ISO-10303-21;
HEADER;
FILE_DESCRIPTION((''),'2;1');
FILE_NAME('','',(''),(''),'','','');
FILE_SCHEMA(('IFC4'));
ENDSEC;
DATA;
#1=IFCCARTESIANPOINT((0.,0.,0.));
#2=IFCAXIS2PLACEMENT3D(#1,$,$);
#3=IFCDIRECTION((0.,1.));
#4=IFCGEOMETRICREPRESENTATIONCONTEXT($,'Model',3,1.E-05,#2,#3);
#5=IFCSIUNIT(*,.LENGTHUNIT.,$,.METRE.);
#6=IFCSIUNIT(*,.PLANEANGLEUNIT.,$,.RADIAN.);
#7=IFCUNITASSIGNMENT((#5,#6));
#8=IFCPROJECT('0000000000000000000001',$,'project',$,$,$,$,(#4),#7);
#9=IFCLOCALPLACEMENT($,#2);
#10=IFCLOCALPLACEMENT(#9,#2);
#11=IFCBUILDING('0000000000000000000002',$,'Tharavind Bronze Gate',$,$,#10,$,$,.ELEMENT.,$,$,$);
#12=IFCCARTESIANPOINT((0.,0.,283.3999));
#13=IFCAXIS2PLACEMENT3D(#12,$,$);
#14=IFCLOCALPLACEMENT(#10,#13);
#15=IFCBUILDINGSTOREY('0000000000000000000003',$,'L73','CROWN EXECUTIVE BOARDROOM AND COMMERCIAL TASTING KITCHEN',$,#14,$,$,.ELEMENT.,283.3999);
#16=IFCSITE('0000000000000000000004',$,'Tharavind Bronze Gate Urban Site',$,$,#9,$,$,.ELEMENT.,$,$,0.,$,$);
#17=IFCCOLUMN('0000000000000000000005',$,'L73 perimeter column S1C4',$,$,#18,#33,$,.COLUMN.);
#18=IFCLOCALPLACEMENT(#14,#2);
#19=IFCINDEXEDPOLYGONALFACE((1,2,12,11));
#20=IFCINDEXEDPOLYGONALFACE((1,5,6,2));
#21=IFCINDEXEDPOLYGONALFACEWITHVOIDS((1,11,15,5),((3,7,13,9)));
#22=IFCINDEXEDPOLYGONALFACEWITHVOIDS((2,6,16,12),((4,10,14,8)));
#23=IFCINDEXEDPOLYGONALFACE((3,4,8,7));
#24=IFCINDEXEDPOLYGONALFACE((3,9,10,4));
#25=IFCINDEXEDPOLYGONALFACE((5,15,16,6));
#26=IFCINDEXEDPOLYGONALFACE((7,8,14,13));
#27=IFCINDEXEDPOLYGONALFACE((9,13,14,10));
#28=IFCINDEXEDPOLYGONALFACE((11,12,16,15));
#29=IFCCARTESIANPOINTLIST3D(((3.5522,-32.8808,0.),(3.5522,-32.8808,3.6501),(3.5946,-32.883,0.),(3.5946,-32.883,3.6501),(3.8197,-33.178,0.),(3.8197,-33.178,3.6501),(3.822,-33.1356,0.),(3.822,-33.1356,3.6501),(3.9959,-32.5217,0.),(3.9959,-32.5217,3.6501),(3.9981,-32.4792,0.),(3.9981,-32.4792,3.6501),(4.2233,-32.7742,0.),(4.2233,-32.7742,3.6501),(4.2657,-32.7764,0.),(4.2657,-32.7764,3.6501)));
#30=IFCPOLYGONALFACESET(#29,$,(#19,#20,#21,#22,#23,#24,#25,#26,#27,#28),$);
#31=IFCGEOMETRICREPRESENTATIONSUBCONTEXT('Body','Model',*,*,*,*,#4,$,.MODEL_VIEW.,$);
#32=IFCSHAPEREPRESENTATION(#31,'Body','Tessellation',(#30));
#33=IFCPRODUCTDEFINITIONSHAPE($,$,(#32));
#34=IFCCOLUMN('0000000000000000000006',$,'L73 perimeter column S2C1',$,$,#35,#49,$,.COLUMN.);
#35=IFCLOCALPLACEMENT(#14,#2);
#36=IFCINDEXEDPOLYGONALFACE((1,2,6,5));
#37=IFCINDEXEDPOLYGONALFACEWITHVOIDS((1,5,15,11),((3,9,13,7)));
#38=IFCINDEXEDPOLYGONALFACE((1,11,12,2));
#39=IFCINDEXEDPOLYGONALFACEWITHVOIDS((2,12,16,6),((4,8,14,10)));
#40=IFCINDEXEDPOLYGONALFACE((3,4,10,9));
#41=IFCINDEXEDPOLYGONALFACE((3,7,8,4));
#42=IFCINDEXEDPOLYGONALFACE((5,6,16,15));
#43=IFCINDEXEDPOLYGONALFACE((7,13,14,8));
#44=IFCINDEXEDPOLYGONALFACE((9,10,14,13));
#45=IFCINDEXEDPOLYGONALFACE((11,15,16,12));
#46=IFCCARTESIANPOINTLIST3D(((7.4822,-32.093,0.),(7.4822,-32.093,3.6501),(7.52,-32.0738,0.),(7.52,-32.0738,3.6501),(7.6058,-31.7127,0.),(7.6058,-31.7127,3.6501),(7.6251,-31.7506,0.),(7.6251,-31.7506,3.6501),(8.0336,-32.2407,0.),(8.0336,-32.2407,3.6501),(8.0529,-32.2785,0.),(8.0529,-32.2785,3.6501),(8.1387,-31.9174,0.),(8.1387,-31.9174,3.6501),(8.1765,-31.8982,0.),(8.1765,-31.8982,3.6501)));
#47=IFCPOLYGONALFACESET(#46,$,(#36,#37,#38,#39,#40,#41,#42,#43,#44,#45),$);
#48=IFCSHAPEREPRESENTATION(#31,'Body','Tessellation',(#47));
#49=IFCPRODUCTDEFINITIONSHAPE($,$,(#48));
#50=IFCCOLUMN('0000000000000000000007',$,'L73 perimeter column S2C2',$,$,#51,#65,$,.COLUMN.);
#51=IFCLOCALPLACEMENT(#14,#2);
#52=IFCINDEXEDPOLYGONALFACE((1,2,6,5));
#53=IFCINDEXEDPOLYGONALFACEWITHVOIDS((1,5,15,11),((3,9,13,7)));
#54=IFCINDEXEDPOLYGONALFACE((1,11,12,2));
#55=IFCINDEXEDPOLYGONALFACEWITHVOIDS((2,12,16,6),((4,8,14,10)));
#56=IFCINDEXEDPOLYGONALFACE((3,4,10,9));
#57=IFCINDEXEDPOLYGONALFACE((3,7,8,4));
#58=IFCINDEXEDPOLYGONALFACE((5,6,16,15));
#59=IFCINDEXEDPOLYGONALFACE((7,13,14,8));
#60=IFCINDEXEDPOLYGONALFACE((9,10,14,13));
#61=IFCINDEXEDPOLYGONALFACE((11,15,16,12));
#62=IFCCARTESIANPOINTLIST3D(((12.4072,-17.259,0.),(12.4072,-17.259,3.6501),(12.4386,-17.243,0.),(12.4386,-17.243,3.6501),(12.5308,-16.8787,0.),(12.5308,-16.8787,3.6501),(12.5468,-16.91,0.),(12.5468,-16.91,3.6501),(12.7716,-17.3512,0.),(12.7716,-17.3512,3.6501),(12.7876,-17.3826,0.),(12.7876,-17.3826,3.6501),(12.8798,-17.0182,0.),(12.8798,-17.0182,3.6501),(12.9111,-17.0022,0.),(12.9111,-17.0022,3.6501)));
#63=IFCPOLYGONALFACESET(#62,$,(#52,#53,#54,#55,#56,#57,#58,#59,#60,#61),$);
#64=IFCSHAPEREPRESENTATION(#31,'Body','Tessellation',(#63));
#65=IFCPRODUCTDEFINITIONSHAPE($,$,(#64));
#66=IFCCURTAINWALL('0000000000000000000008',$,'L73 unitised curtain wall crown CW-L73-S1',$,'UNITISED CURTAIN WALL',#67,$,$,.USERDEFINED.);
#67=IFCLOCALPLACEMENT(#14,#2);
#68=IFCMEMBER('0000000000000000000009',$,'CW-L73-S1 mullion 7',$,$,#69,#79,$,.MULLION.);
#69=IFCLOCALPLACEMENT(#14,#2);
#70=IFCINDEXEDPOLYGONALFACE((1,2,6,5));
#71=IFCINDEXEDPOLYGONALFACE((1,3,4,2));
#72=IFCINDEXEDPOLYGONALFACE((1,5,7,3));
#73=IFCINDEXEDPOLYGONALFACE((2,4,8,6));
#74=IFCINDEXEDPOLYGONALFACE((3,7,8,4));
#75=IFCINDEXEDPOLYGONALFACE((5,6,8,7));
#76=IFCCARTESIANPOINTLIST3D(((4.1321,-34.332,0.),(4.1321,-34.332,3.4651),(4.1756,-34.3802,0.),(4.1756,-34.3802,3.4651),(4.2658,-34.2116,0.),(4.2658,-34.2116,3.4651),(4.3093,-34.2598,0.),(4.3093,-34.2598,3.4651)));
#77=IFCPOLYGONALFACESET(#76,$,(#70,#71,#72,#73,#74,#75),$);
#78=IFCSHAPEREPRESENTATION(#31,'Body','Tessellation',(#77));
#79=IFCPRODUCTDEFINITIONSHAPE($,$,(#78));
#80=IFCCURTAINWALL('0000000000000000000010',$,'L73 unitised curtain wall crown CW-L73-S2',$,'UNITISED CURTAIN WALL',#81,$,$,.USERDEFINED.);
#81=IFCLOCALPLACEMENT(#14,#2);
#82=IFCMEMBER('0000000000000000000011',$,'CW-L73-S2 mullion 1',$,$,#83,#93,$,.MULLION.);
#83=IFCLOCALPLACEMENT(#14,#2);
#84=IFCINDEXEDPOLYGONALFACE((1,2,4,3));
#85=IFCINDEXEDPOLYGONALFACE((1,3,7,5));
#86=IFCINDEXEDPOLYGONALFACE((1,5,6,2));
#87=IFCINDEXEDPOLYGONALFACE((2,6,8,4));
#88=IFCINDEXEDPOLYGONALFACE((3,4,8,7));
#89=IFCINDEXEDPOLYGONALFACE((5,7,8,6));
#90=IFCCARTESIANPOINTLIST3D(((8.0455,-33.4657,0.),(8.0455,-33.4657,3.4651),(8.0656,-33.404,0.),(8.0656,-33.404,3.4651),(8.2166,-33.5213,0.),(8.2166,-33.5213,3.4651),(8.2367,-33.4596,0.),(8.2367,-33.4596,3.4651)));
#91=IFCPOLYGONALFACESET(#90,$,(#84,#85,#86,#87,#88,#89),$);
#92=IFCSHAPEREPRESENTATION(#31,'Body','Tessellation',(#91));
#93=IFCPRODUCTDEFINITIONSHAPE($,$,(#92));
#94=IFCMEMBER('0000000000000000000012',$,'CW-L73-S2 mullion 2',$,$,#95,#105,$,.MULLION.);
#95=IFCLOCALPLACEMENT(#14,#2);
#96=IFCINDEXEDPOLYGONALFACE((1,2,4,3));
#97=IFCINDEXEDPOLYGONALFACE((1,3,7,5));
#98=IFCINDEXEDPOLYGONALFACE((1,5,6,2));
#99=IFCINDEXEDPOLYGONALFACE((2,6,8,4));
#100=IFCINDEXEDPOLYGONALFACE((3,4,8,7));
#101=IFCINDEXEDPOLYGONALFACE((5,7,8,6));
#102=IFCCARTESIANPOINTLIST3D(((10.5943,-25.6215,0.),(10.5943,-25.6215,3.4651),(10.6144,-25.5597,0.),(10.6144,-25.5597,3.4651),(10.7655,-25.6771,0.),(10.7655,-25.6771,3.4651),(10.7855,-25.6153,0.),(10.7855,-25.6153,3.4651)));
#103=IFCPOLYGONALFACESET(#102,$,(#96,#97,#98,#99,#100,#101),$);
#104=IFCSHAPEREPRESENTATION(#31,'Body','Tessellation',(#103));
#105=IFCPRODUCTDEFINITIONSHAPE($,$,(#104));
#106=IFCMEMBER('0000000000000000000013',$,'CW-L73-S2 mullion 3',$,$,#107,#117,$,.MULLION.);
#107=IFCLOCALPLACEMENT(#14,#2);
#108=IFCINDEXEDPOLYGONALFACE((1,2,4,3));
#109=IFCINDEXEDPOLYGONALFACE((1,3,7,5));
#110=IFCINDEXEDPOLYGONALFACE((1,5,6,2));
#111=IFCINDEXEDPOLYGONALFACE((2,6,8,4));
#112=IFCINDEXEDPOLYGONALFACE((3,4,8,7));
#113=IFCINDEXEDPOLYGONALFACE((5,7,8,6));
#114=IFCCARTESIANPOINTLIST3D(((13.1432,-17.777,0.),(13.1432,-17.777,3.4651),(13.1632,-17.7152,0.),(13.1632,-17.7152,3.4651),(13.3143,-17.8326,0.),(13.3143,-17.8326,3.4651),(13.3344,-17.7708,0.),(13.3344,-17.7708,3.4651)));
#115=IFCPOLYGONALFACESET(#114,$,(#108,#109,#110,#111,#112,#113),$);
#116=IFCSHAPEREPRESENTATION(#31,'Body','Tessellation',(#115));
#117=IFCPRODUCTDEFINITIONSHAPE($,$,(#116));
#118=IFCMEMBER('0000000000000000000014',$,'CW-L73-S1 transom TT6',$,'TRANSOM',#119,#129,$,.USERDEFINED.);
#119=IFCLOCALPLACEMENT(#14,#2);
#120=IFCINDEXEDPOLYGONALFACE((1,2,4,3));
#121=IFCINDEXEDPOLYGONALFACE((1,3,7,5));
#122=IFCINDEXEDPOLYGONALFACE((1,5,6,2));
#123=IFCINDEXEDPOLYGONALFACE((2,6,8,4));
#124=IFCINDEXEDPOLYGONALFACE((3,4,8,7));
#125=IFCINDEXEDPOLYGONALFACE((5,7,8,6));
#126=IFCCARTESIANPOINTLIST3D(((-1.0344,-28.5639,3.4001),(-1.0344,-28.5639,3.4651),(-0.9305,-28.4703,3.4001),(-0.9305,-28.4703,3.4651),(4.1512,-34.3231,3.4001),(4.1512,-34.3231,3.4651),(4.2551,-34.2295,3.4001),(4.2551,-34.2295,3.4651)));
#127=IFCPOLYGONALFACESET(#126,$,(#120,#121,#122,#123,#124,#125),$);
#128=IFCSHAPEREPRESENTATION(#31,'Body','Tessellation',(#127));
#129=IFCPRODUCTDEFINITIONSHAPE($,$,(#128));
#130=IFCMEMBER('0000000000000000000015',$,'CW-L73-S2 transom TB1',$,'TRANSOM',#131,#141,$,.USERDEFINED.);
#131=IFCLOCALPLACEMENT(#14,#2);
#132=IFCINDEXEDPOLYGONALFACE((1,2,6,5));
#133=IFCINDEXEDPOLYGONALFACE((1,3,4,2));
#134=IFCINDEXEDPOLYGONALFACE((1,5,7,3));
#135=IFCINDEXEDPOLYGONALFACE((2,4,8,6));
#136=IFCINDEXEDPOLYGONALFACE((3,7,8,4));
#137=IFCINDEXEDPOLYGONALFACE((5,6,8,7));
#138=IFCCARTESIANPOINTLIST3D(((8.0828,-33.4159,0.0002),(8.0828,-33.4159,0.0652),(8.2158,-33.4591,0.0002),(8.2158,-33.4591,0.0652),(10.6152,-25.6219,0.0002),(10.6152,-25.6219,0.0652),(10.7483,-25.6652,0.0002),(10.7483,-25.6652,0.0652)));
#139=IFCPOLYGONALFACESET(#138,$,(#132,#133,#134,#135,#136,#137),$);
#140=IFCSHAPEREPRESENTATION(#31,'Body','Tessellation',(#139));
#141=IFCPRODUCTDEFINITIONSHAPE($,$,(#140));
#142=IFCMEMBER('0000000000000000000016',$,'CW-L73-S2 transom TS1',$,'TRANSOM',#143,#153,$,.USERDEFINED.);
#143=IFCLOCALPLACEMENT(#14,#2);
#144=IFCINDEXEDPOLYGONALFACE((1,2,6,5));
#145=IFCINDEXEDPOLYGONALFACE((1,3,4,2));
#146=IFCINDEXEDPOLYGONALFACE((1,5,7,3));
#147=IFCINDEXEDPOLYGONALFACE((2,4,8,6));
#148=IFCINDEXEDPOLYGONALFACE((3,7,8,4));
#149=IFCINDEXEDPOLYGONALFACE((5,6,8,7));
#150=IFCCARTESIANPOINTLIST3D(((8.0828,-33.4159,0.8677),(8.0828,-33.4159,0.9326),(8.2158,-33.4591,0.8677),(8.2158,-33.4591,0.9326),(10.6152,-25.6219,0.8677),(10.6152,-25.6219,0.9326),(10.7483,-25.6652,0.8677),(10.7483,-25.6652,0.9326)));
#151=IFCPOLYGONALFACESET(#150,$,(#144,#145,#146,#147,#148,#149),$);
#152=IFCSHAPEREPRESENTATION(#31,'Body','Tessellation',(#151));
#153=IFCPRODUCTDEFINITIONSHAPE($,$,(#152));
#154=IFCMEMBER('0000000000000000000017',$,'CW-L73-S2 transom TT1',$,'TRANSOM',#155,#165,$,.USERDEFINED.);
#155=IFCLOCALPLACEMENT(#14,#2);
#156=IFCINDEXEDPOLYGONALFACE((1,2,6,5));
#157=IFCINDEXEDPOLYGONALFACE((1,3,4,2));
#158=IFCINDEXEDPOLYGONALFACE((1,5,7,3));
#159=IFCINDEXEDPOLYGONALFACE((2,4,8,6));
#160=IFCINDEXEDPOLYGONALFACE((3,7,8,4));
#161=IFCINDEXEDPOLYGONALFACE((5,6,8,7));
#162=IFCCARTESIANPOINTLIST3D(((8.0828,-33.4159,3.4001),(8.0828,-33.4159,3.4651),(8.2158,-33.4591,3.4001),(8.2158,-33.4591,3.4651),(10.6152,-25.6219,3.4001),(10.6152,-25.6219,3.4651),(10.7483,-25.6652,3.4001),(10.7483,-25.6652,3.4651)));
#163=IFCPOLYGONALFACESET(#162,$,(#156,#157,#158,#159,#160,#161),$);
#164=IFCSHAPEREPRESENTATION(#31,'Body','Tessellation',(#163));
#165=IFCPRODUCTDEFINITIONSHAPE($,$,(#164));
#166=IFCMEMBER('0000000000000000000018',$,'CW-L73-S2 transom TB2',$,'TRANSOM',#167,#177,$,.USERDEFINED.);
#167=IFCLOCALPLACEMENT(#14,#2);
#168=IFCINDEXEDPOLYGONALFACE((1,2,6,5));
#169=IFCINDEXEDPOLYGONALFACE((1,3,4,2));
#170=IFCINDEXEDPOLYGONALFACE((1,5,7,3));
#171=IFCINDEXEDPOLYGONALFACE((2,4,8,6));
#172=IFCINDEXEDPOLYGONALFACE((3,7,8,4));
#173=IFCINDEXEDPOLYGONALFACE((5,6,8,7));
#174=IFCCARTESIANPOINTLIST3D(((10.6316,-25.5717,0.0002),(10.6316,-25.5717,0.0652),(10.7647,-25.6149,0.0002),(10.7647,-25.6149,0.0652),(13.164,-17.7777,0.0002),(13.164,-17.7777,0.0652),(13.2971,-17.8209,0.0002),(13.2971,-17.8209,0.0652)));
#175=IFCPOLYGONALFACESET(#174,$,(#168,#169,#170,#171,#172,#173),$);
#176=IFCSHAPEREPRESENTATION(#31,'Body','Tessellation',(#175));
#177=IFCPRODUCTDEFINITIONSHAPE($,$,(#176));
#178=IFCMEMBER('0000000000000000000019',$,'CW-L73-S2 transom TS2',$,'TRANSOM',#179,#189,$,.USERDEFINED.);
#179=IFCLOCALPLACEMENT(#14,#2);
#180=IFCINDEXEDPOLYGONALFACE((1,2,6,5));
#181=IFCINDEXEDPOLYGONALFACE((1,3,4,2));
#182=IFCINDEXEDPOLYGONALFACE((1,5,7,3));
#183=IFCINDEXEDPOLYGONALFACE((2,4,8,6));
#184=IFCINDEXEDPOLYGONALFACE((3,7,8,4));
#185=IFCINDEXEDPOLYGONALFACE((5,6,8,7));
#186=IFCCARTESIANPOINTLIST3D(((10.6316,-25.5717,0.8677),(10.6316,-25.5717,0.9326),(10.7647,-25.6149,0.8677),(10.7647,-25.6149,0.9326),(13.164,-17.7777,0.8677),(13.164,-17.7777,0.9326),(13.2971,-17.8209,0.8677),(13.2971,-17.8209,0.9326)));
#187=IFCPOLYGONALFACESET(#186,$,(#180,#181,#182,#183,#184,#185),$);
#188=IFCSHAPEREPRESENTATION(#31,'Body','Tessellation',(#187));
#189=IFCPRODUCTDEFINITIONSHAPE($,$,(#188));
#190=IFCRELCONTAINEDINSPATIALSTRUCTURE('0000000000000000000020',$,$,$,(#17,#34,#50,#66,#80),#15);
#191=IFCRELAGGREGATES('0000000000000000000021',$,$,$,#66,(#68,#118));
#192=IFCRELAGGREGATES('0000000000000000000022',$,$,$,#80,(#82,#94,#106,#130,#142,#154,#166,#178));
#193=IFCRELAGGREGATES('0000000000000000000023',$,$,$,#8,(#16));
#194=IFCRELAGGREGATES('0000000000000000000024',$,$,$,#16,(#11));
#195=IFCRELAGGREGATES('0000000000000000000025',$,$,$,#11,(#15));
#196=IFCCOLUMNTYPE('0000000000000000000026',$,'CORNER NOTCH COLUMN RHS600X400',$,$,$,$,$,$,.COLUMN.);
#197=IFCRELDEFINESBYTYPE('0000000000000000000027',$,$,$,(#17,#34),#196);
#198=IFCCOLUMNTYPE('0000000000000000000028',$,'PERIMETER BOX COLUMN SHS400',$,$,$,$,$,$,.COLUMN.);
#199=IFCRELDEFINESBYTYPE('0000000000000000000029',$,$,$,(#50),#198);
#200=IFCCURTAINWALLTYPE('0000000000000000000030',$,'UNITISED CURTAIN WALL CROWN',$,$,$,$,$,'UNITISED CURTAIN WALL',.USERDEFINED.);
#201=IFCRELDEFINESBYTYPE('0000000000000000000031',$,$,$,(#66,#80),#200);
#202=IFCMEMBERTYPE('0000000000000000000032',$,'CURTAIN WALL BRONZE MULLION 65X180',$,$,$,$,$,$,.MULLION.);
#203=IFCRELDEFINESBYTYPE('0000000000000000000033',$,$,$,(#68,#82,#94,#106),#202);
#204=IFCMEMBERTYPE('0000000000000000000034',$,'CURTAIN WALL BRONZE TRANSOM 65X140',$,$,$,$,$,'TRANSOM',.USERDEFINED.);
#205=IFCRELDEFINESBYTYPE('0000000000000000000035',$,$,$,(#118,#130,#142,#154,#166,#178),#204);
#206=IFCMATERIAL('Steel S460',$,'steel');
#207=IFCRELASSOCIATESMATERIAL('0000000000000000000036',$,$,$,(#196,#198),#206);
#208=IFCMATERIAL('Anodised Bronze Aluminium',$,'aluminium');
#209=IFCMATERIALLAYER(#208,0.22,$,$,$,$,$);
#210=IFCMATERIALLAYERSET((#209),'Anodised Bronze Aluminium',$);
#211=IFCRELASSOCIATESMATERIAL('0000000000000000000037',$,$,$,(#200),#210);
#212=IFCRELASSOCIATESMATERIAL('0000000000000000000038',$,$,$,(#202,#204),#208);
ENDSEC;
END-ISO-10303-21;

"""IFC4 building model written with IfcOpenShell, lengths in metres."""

from ifc_helpers import new_model, si_unit, direction, frame, origin, origin_2d, place, context, subcontext, project, spatial, rectangle, hollow_rectangle, extrude, material, layer, layer_set, material_profile, profile_set, type_object, element, aggregate, save


model = new_model("IFC4")

# Units and contexts
model_context = context("Model", 3, precision=1e-05, world=origin(), true_north=direction((0.0, 1.0)))
body_context = subcontext(model_context, "Body", "Model", "MODEL_VIEW")
ifc_project = project(units=[si_unit("LENGTHUNIT", "METRE"), si_unit("PLANEANGLEUNIT", "RADIAN")], contexts=[model_context])

# Site, building, storey
site_placement = place(None, origin())
site = spatial("IfcSite", under=ifc_project, at=site_placement, Name="Tharavind Bronze Gate Urban Site", CompositionType="ELEMENT", RefElevation=0.0)
building_placement = place(site_placement, origin())
building = spatial("IfcBuilding", under=site, at=building_placement, Name="Tharavind Bronze Gate", CompositionType="ELEMENT")
storey_placement = place(building_placement, frame((0.0, 0.0, 283.3999)))
storey = spatial("IfcBuildingStorey", under=building, at=storey_placement, Name="L73", Description="CROWN EXECUTIVE BOARDROOM AND COMMERCIAL TASTING KITCHEN", CompositionType="ELEMENT", Elevation=283.3999)

# Columns
ifc_material_1 = material(Name="Steel S460", Category="steel")
ifc_material_profile_1 = material_profile(ifc_material_1, hollow_rectangle(XDim=0.3999, YDim=0.6001, WallThickness=0.03, at=origin_2d()), Name="RHS600X400X30")
ifc_profile_set_1 = profile_set([ifc_material_profile_1], Name="Steel S460")
column_type_1 = type_object("IfcColumnType", Name="CORNER NOTCH COLUMN RHS600X400", PredefinedType="COLUMN", material=ifc_profile_set_1)
for number, where, z_axis, x_axis, name in (
    (1, (3.9089, -32.8286, 0.0), (0.0, 0.0, 1.0), (-0.669131, 0.743145, 0.0), "L73 perimeter column S1C4"),
    (2, (7.8293, -31.9956, 0.0), (0.0, 0.0, 1.0), (0.309019, 0.951056, 0.0), "L73 perimeter column S2C1"),
):
    element("IfcColumn", number, at=place(storey_placement, frame(where, z_axis=z_axis, x_axis=x_axis)), inside=storey, type_object=column_type_1, Name=name, PredefinedType="COLUMN", context=body_context, shape_type="SweptSolid", body=[
        extrude(hollow_rectangle(XDim=0.3999, YDim=0.6001, WallThickness=0.03, at=origin_2d()), origin(), (0.0, 0.0, 1.0), 3.6501),
    ])
ifc_material_profile_2 = material_profile(ifc_material_1, hollow_rectangle(XDim=0.3999, YDim=0.3999, WallThickness=0.0249, at=origin_2d()), Name="SHS400X25")
ifc_profile_set_2 = profile_set([ifc_material_profile_2], Name="Steel S460")
column_type_2 = type_object("IfcColumnType", Name="PERIMETER BOX COLUMN SHS400", PredefinedType="COLUMN", material=ifc_profile_set_2)
column_placement = place(storey_placement, frame((12.6592, -17.1306, 0.0), z_axis=(0.0, 0.0, 1.0), x_axis=(0.309019, 0.951056, 0.0)))
element("IfcColumn", 3, at=column_placement, inside=storey, type_object=column_type_2, Name="L73 perimeter column S2C2", PredefinedType="COLUMN", context=body_context, shape_type="SweptSolid", body=[
    extrude(hollow_rectangle(XDim=0.3999, YDim=0.3999, WallThickness=0.0249, at=origin_2d()), origin(), (0.0, 0.0, 1.0), 3.6501),
])

# Curtain wall, member
ifc_material_2 = material(Name="Anodised Bronze Aluminium", Category="aluminium")
ifc_layer_1 = layer(ifc_material_2, 0.22)
ifc_layer_set_1 = layer_set([ifc_layer_1], Name="Anodised Bronze Aluminium")
curtain_wall_type = type_object("IfcCurtainWallType", Name="UNITISED CURTAIN WALL CROWN", ElementType="UNITISED CURTAIN WALL", PredefinedType="USERDEFINED", material=ifc_layer_set_1)
curtain_wall_1_placement = place(storey_placement, origin())
curtain_wall_1 = element("IfcCurtainWall", 4, at=curtain_wall_1_placement, inside=storey, type_object=curtain_wall_type, Name="L73 unitised curtain wall crown CW-L73-S1", ObjectType="UNITISED CURTAIN WALL", PredefinedType="USERDEFINED")
member_type_1 = type_object("IfcMemberType", Name="CURTAIN WALL BRONZE MULLION 65X180", PredefinedType="MULLION", material=ifc_material_2)
member_1_placement = place(storey_placement, frame((4.2207, -34.2959, 0.0), z_axis=(0.0, 0.0, 1.0), x_axis=(0.669131, -0.743145, 0.0)))
member_1 = element("IfcMember", 5, at=member_1_placement, type_object=member_type_1, Name="CW-L73-S1 mullion 7", PredefinedType="MULLION", context=body_context, shape_type="SweptSolid", body=[
    extrude(rectangle(XDim=0.0649, YDim=0.1799, at=origin_2d()), origin(), (0.0, 0.0, 1.0), 3.4651),
])

# Curtain wall, members
curtain_wall_2_placement = place(storey_placement, origin())
curtain_wall_2 = element("IfcCurtainWall", 6, at=curtain_wall_2_placement, inside=storey, type_object=curtain_wall_type, Name="L73 unitised curtain wall crown CW-L73-S2", ObjectType="UNITISED CURTAIN WALL", PredefinedType="USERDEFINED")
member_2_placement = place(storey_placement, frame((8.1411, -33.4626, 0.0), z_axis=(0.0, 0.0, 1.0), x_axis=(0.309017, 0.951057, 0.0)))
member_2 = element("IfcMember", 7, at=member_2_placement, type_object=member_type_1, Name="CW-L73-S2 mullion 1", PredefinedType="MULLION", context=body_context, shape_type="SweptSolid", body=[
    extrude(rectangle(XDim=0.0649, YDim=0.1799, at=origin_2d()), origin(), (0.0, 0.0, 1.0), 3.4651),
])
member_3_placement = place(storey_placement, frame((10.6899, -25.6184, 0.0), z_axis=(0.0, 0.0, 1.0), x_axis=(0.309017, 0.951057, 0.0)))
member_3 = element("IfcMember", 8, at=member_3_placement, type_object=member_type_1, Name="CW-L73-S2 mullion 2", PredefinedType="MULLION", context=body_context, shape_type="SweptSolid", body=[
    extrude(rectangle(XDim=0.0649, YDim=0.1799, at=origin_2d()), origin(), (0.0, 0.0, 1.0), 3.4651),
])
member_4_placement = place(storey_placement, frame((13.2388, -17.7739, 0.0), z_axis=(0.0, 0.0, 1.0), x_axis=(0.309017, 0.951057, 0.0)))
member_4 = element("IfcMember", 9, at=member_4_placement, type_object=member_type_1, Name="CW-L73-S2 mullion 3", PredefinedType="MULLION", context=body_context, shape_type="SweptSolid", body=[
    extrude(rectangle(XDim=0.0649, YDim=0.1799, at=origin_2d()), origin(), (0.0, 0.0, 1.0), 3.4651),
])

# Members
member_type_2 = type_object("IfcMemberType", Name="CURTAIN WALL BRONZE TRANSOM 65X140", ElementType="TRANSOM", PredefinedType="USERDEFINED", material=ifc_material_2)
member_5_placement = place(storey_placement, frame((1.6104, -31.3967, 3.4001), z_axis=(0.0, 0.0, 1.0), x_axis=(0.669131, -0.743145, 0.0)))
member_5 = element("IfcMember", 10, at=member_5_placement, type_object=member_type_2, Name="CW-L73-S1 transom TT6", ObjectType="TRANSOM", PredefinedType="USERDEFINED", context=body_context, shape_type="SweptSolid", body=[
    extrude(rectangle(XDim=7.7498, YDim=0.1399, at=origin_2d()), origin(), (0.0, 0.0, 1.0), 0.0649),
])
member_6_placement = place(storey_placement, frame((9.4155, -29.5405, 0.0002), z_axis=(0.0, 0.0, 1.0), x_axis=(0.309017, 0.951057, 0.0)))
member_6 = element("IfcMember", 11, at=member_6_placement, type_object=member_type_2, Name="CW-L73-S2 transom TB1", ObjectType="TRANSOM", PredefinedType="USERDEFINED", context=body_context, shape_type="SweptSolid", body=[
    extrude(rectangle(XDim=8.1951, YDim=0.1399, at=origin_2d()), origin(), (0.0, 0.0, 1.0), 0.0649),
])
member_7_placement = place(storey_placement, frame((9.4155, -29.5405, 0.8677), z_axis=(0.0, 0.0, 1.0), x_axis=(0.309017, 0.951057, 0.0)))
member_7 = element("IfcMember", 12, at=member_7_placement, type_object=member_type_2, Name="CW-L73-S2 transom TS1", ObjectType="TRANSOM", PredefinedType="USERDEFINED", context=body_context, shape_type="SweptSolid", body=[
    extrude(rectangle(XDim=8.1951, YDim=0.1399, at=origin_2d()), origin(), (0.0, 0.0, 1.0), 0.0649),
])
member_8_placement = place(storey_placement, frame((9.4155, -29.5405, 3.4001), z_axis=(0.0, 0.0, 1.0), x_axis=(0.309017, 0.951057, 0.0)))
member_8 = element("IfcMember", 13, at=member_8_placement, type_object=member_type_2, Name="CW-L73-S2 transom TT1", ObjectType="TRANSOM", PredefinedType="USERDEFINED", context=body_context, shape_type="SweptSolid", body=[
    extrude(rectangle(XDim=8.1951, YDim=0.1399, at=origin_2d()), origin(), (0.0, 0.0, 1.0), 0.0649),
])
member_9_placement = place(storey_placement, frame((11.9644, -21.6963, 0.0002), z_axis=(0.0, 0.0, 1.0), x_axis=(0.309017, 0.951057, 0.0)))
member_9 = element("IfcMember", 14, at=member_9_placement, type_object=member_type_2, Name="CW-L73-S2 transom TB2", ObjectType="TRANSOM", PredefinedType="USERDEFINED", context=body_context, shape_type="SweptSolid", body=[
    extrude(rectangle(XDim=8.1951, YDim=0.1399, at=origin_2d()), origin(), (0.0, 0.0, 1.0), 0.0649),
])
member_10_placement = place(storey_placement, frame((11.9644, -21.6963, 0.8677), z_axis=(0.0, 0.0, 1.0), x_axis=(0.309017, 0.951057, 0.0)))
member_10 = element("IfcMember", 15, at=member_10_placement, type_object=member_type_2, Name="CW-L73-S2 transom TS2", ObjectType="TRANSOM", PredefinedType="USERDEFINED", context=body_context, shape_type="SweptSolid", body=[
    extrude(rectangle(XDim=8.1951, YDim=0.1399, at=origin_2d()), origin(), (0.0, 0.0, 1.0), 0.0649),
])

aggregate(curtain_wall_1, [member_1, member_5])
aggregate(curtain_wall_2, [member_2, member_3, member_4, member_6, member_7, member_8, member_9, member_10])

save(model, "model.ifc")
